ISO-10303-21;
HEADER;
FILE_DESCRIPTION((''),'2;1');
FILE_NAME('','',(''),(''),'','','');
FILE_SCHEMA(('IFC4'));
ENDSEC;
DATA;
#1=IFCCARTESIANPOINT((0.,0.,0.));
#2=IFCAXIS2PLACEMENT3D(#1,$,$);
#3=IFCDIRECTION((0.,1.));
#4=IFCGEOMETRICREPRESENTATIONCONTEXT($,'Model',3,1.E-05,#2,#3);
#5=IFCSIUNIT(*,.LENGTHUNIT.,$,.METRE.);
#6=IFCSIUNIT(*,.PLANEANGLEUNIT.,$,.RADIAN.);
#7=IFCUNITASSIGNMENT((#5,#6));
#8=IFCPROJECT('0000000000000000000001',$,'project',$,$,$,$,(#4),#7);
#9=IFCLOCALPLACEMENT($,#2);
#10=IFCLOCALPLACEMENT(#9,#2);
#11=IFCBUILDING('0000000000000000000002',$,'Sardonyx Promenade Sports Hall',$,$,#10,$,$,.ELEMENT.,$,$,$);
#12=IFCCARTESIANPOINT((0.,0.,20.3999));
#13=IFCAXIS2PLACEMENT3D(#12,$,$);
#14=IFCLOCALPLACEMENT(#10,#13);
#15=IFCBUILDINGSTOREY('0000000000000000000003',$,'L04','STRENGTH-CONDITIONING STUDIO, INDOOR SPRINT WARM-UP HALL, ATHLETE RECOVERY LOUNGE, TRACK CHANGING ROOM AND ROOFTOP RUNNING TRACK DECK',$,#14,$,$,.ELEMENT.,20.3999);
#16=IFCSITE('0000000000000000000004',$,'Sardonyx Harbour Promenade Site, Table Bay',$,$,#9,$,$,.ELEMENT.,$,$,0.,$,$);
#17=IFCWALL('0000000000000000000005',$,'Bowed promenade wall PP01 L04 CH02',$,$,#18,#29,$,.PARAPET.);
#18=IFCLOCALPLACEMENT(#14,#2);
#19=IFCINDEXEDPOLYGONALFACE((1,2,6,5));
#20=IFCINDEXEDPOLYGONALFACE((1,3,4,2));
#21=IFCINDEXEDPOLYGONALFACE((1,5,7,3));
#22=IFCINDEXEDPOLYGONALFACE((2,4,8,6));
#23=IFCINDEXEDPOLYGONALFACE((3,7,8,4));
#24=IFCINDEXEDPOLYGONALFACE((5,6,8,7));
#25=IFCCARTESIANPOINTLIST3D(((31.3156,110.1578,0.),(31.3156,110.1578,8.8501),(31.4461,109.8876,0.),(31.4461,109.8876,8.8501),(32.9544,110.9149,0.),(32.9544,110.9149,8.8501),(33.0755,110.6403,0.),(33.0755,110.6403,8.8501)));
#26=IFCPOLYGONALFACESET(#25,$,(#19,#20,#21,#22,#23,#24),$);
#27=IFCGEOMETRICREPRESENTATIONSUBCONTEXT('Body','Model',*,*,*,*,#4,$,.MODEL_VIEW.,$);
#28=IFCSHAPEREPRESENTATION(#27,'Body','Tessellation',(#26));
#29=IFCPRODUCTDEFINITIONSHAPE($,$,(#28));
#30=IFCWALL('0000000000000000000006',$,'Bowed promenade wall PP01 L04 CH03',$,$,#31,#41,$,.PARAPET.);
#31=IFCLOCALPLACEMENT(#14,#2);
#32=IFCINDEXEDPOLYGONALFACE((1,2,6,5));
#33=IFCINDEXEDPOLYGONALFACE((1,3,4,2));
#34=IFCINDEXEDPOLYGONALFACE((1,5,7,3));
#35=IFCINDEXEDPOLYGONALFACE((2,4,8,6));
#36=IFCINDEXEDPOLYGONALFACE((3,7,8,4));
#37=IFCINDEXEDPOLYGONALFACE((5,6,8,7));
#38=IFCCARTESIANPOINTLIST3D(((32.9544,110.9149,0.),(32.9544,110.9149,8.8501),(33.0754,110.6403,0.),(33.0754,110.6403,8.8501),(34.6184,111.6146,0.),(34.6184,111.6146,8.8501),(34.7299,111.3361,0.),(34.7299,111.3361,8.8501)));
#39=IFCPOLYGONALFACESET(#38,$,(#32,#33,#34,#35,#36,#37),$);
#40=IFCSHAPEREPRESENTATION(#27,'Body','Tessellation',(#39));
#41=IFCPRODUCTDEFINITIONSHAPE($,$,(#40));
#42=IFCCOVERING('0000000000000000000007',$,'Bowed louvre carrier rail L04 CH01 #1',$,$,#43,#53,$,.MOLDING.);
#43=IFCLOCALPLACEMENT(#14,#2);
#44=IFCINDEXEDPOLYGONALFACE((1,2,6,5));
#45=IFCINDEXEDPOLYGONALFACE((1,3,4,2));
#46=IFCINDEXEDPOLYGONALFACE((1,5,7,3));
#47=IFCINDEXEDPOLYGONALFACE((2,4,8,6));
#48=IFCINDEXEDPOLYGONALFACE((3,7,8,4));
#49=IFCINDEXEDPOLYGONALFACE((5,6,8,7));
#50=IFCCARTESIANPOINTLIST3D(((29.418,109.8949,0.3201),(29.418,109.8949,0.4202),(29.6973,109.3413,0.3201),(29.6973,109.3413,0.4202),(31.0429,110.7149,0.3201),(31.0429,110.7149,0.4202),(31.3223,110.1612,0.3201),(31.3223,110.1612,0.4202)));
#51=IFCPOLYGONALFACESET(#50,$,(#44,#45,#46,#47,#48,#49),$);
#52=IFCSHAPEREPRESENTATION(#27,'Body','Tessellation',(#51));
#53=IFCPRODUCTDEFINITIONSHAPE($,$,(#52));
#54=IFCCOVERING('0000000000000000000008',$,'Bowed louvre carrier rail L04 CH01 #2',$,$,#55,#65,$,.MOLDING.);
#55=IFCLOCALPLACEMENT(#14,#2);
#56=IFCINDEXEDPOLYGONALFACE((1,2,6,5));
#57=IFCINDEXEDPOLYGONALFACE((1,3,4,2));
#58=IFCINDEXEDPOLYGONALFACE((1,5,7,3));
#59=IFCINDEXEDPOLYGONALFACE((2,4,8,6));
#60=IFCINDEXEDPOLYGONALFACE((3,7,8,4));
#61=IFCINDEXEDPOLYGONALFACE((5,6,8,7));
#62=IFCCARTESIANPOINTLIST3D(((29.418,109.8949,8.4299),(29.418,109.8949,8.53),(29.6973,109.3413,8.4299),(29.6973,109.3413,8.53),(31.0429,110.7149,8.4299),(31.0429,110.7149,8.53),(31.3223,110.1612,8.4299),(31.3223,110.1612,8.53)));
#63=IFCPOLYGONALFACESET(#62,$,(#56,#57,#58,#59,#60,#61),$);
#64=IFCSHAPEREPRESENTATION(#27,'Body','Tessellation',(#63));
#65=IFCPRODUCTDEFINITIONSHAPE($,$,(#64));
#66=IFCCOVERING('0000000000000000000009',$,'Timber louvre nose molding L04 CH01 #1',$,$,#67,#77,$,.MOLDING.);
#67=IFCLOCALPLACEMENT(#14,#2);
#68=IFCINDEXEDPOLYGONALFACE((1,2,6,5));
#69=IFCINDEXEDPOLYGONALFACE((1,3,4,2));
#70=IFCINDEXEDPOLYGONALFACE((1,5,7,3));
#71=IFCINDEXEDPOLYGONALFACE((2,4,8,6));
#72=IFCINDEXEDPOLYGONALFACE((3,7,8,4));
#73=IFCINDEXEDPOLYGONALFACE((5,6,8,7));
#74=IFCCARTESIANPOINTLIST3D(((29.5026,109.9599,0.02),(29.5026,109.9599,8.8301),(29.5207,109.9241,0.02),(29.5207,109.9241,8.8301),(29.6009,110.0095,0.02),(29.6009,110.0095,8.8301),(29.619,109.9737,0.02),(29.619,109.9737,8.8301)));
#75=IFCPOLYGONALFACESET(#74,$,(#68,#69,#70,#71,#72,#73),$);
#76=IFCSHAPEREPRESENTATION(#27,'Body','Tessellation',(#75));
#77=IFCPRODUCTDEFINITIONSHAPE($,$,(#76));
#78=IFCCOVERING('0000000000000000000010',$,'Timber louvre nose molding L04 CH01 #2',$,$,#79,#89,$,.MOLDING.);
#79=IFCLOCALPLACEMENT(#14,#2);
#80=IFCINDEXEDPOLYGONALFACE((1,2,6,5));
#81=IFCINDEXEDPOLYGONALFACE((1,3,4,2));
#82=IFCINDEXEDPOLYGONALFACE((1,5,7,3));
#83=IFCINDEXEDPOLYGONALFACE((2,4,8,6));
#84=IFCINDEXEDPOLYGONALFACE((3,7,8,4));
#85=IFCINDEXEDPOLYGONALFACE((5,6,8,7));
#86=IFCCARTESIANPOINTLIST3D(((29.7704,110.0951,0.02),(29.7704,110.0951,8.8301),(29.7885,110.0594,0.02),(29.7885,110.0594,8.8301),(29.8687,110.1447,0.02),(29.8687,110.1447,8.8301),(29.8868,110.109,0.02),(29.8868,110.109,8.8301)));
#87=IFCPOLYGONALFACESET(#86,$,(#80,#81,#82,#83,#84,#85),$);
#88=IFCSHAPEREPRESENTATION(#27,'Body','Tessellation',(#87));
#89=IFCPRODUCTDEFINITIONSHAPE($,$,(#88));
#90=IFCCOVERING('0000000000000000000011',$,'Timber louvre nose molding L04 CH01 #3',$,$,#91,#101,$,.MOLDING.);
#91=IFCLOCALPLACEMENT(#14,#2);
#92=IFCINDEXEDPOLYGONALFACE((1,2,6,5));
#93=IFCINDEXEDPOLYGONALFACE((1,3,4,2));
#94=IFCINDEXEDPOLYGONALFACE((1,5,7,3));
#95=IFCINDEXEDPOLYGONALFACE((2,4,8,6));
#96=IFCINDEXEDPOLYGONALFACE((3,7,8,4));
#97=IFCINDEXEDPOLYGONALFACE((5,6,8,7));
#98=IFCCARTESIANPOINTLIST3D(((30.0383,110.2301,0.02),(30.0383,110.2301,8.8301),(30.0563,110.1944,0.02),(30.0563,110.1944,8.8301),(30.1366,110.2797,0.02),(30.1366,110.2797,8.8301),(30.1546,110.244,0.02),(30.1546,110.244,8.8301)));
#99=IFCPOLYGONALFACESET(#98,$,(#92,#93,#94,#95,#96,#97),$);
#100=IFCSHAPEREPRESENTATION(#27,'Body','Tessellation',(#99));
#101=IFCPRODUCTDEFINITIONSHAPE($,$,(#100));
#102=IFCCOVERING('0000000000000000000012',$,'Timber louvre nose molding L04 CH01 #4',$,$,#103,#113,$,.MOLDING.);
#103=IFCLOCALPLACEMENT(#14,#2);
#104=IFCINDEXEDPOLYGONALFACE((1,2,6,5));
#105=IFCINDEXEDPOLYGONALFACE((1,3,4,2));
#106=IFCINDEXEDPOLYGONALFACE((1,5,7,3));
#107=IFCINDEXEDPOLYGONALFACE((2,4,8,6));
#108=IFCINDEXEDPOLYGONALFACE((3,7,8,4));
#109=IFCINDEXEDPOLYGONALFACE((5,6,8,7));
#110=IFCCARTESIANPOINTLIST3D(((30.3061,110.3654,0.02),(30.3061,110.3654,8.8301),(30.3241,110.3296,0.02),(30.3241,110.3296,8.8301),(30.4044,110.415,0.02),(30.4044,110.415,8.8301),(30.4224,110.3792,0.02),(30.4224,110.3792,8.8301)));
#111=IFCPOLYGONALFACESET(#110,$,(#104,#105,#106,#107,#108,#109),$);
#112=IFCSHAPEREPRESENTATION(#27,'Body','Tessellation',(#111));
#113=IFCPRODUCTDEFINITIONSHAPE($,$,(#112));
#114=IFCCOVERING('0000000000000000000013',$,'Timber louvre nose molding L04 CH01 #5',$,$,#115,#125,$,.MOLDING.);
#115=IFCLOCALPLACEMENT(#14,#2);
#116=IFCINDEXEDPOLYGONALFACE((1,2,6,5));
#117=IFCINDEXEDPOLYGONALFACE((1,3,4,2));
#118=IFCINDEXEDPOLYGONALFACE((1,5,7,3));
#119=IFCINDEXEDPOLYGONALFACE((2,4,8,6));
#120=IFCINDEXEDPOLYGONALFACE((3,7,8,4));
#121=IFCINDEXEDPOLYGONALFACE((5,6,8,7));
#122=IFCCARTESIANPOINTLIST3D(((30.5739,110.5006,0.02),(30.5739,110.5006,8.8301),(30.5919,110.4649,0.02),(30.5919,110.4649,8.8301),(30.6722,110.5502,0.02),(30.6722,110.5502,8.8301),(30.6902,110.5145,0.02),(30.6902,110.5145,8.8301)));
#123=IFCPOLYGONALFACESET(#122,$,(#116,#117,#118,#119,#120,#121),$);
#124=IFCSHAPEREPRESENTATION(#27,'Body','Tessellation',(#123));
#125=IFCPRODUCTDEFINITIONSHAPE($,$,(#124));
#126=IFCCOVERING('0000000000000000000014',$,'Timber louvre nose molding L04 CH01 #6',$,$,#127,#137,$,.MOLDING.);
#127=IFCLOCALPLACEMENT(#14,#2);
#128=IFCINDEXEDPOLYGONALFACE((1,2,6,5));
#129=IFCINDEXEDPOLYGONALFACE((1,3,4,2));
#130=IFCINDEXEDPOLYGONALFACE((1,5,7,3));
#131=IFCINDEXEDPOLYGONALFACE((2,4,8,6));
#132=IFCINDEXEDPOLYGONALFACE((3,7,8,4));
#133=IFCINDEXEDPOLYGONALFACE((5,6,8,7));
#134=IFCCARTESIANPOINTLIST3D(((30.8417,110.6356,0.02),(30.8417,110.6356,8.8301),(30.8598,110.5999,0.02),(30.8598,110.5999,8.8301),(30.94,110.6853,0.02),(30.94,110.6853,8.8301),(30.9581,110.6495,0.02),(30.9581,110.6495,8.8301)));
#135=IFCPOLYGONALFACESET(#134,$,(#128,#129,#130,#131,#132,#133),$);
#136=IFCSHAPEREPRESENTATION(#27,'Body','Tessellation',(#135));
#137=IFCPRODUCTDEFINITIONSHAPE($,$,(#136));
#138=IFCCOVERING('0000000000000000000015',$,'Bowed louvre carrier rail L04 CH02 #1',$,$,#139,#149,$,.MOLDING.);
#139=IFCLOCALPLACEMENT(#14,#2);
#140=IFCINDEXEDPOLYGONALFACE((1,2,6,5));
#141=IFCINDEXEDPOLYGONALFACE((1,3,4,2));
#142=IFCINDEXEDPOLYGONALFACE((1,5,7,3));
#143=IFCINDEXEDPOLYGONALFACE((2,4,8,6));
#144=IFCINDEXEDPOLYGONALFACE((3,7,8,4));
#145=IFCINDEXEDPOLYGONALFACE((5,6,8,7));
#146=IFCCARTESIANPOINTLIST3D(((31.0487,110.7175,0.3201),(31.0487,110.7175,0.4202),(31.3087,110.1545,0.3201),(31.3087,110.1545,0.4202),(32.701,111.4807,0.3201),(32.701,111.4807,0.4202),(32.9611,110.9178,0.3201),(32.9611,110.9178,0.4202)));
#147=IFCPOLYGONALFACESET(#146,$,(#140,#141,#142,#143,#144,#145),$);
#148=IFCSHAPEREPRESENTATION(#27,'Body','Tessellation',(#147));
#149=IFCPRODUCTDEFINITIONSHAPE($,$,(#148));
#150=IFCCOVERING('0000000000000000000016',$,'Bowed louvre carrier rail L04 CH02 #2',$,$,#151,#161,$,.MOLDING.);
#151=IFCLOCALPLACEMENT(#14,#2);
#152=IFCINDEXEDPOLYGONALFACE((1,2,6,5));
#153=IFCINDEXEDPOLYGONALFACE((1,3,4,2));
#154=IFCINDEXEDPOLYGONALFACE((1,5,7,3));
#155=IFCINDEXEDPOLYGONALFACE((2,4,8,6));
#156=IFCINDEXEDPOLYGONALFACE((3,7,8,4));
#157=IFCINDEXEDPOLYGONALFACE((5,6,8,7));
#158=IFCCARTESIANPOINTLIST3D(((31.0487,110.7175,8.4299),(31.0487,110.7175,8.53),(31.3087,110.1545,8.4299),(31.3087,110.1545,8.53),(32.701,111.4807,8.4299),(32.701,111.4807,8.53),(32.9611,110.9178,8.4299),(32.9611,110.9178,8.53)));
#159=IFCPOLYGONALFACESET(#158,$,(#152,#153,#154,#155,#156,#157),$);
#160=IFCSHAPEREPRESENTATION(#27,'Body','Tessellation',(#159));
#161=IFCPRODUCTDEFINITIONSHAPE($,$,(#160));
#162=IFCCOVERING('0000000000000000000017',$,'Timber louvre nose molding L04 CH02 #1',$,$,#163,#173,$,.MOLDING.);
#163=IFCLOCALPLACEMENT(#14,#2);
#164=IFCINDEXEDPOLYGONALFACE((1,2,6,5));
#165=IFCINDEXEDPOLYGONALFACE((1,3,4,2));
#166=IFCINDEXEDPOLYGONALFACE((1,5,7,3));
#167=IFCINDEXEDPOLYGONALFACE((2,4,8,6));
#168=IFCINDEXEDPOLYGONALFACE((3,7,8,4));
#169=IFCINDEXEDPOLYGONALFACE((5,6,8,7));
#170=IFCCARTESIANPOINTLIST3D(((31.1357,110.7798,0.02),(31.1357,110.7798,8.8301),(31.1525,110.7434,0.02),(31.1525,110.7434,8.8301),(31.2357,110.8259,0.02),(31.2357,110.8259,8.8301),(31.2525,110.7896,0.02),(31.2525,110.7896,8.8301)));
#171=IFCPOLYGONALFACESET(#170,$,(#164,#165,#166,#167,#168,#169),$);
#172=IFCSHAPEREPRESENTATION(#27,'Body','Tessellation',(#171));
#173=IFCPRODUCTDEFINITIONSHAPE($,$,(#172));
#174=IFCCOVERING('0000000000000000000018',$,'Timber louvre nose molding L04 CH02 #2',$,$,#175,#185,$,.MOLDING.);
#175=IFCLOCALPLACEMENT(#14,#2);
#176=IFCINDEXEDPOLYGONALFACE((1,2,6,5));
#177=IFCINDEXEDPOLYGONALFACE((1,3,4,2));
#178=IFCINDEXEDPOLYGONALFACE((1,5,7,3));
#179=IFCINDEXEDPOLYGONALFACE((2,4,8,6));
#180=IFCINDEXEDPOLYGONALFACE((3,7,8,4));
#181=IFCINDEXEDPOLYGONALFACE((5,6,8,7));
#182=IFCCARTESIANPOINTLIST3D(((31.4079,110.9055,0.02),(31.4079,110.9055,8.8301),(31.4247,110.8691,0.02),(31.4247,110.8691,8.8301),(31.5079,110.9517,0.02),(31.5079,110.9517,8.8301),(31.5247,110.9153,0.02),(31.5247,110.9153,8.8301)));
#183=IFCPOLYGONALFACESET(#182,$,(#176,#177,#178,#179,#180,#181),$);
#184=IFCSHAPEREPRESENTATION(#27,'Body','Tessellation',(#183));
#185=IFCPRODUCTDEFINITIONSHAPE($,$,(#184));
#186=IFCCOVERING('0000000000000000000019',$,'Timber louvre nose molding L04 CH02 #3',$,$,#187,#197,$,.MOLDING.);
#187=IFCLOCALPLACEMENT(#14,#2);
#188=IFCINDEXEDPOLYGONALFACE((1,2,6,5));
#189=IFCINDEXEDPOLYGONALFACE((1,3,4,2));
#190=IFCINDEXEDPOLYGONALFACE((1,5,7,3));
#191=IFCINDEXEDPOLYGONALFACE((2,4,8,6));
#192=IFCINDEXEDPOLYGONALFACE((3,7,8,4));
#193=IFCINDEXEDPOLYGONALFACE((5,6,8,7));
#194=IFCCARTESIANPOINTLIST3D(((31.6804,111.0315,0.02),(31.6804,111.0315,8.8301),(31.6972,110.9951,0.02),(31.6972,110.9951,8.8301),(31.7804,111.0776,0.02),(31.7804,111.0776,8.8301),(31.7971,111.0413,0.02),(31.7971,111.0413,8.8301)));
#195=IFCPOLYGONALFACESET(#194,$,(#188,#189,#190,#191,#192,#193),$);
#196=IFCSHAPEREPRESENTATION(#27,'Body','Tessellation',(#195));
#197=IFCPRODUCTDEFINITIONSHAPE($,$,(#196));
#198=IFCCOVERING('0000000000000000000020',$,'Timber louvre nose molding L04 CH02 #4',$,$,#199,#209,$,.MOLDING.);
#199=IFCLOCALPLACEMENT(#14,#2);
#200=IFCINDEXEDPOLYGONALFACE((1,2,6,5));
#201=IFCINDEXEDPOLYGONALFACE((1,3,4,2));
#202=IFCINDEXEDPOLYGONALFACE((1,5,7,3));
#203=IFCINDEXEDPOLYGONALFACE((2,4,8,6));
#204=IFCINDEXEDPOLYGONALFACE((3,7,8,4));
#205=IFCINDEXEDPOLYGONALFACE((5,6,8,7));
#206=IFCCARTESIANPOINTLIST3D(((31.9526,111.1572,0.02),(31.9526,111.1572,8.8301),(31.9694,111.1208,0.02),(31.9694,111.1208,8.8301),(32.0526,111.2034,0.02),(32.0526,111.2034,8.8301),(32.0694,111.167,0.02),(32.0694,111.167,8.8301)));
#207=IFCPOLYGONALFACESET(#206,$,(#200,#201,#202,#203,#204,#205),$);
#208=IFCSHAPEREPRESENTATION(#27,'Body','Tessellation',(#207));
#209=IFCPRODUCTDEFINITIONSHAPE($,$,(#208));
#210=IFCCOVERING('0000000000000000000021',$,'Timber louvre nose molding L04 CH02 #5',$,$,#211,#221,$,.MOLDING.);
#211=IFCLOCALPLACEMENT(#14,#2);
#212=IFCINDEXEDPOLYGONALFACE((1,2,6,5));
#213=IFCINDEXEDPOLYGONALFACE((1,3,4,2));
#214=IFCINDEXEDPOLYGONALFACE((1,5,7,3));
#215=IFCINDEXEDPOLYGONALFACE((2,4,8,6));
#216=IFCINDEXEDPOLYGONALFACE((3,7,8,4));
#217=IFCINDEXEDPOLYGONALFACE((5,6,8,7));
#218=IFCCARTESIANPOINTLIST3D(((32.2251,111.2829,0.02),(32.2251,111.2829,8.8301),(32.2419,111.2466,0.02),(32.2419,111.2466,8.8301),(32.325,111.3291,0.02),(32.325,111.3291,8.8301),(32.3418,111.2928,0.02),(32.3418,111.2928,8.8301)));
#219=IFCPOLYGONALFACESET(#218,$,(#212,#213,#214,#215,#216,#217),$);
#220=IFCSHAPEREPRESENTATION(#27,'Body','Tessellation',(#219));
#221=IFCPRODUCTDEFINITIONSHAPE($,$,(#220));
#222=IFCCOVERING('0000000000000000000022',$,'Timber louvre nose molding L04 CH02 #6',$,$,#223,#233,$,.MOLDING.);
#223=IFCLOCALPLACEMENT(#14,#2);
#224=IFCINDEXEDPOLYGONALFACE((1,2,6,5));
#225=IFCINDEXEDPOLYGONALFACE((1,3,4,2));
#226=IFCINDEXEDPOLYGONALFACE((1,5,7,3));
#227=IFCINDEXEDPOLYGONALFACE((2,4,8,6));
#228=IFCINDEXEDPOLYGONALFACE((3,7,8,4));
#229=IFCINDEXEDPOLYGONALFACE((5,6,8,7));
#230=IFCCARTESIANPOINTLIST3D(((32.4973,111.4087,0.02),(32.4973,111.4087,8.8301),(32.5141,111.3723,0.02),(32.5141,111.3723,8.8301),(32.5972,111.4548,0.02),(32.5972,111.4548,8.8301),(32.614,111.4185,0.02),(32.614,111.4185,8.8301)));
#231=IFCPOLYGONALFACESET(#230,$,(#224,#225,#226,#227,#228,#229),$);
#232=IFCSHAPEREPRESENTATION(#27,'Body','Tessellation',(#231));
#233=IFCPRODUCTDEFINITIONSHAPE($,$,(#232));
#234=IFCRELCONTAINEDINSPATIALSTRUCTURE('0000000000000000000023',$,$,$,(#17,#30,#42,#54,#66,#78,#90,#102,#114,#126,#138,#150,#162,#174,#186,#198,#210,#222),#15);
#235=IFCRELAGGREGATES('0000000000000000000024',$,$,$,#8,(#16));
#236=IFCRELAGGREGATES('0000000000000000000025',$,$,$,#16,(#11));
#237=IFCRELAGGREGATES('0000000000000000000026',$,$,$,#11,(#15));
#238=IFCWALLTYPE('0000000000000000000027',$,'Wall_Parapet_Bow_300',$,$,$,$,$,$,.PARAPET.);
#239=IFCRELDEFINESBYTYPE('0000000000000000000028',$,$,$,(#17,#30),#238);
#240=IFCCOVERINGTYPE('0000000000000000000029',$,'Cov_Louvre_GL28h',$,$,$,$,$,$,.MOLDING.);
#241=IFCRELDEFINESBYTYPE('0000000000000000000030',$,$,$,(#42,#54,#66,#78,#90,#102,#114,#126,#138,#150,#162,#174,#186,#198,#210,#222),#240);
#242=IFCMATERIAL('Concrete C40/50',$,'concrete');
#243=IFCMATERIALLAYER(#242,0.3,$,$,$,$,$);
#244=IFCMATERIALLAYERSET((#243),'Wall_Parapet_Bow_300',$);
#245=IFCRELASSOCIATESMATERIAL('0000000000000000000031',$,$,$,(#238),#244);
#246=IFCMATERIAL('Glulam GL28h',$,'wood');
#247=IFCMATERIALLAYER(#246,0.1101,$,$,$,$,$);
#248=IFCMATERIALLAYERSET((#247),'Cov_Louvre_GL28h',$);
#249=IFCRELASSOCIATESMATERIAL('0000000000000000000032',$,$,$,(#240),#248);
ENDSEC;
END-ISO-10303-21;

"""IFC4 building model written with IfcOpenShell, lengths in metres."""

from ifc_helpers import new_model, si_unit, direction, frame, origin, origin_2d, place, context, subcontext, project, spatial, polyline, rectangle, outline, extrude, material, layer, layer_set, type_object, element, save


model = new_model("IFC4")

# Units and contexts
model_context = context("Model", 3, precision=1e-05, world=origin(), true_north=direction((0.0, 1.0)))
body_context = subcontext(model_context, "Body", "Model", "MODEL_VIEW")
ifc_project = project(units=[si_unit("LENGTHUNIT", "METRE"), si_unit("PLANEANGLEUNIT", "RADIAN")], contexts=[model_context])

# Site, building, storey
site_placement = place(None, origin())
site = spatial("IfcSite", under=ifc_project, at=site_placement, Name="Sardonyx Harbour Promenade Site, Table Bay", CompositionType="ELEMENT", RefElevation=0.0)
building_placement = place(site_placement, origin())
building = spatial("IfcBuilding", under=site, at=building_placement, Name="Sardonyx Promenade Sports Hall", CompositionType="ELEMENT")
storey_placement = place(building_placement, frame((0.0, 0.0, 20.3999)))
storey = spatial("IfcBuildingStorey", under=building, at=storey_placement, Name="L04", Description="STRENGTH-CONDITIONING STUDIO, INDOOR SPRINT WARM-UP HALL, ATHLETE RECOVERY LOUNGE, TRACK CHANGING ROOM AND ROOFTOP RUNNING TRACK DECK", CompositionType="ELEMENT", Elevation=20.3999)

# Walls
ifc_material_1 = material(Name="Concrete C40/50", Category="concrete")
ifc_layer_1 = layer(ifc_material_1, 0.3)
ifc_layer_set_1 = layer_set([ifc_layer_1], Name="Wall_Parapet_Bow_300")
wall_type = type_object("IfcWallType", Name="Wall_Parapet_Bow_300", PredefinedType="PARAPET", material=ifc_layer_set_1)
for number, where, z_axis, x_axis, name in (
    (1, (31.3809, 110.0227, 0.0), (0.0, 0.0, 1.0), (0.907808, 0.419385, 0.0), "Bowed promenade wall PP01 L04 CH02"),
    (2, (33.0149, 110.7776, 0.0), (0.0, 0.0, 1.0), (0.921804, 0.387657, 0.0), "Bowed promenade wall PP01 L04 CH03"),
):
    element("IfcWall", number, at=place(storey_placement, frame(where, z_axis=z_axis, x_axis=x_axis)), inside=storey, type_object=wall_type, Name=name, PredefinedType="PARAPET", context=body_context, shape_type="SweptSolid", body=[
        extrude(outline(polyline([(0.0026, -0.15), (1.7974, -0.15), (1.8026, 0.15), (-0.0026, 0.15), (0.0026, -0.15)])), origin(), (0.0, 0.0, 1.0), 8.8501),
    ])

# Coverings
ifc_material_2 = material(Name="Glulam GL28h", Category="wood")
ifc_layer_2 = layer(ifc_material_2, 0.1101)
ifc_layer_set_2 = layer_set([ifc_layer_2], Name="Cov_Louvre_GL28h")
covering_type = type_object("IfcCoveringType", Name="Cov_Louvre_GL28h", PredefinedType="MOLDING", material=ifc_layer_set_2)
for number, where, z_axis, x_axis, name in (
    (3, (30.3701, 110.0281, 0.3201), (0.0, 0.0, 1.0), (0.892774, 0.450505, 0.0), "Bowed louvre carrier rail L04 CH01 #1"),
    (4, (30.3701, 110.0281, 8.4299), (0.0, 0.0, 1.0), (0.892774, 0.450505, 0.0), "Bowed louvre carrier rail L04 CH01 #2"),
):
    element("IfcCovering", number, at=place(storey_placement, frame(where, z_axis=z_axis, x_axis=x_axis)), inside=storey, type_object=covering_type, Name=name, PredefinedType="MOLDING", context=body_context, shape_type="SweptSolid", body=[
        extrude(rectangle(XDim=1.8201, YDim=0.6201, at=origin_2d()), origin(), (0.0, 0.0, 1.0), 0.1001),
    ])
for number, where, z_axis, x_axis, name in (
    (5, (29.5608, 109.9668, 0.02), (0.0, 0.0, 1.0), (0.892774, 0.450505, 0.0), "Timber louvre nose molding L04 CH01 #1"),
    (6, (29.8286, 110.1021, 0.02), (0.0, 0.0, 1.0), (0.892774, 0.450505, 0.0), "Timber louvre nose molding L04 CH01 #2"),
    (7, (30.0964, 110.2371, 0.02), (0.0, 0.0, 1.0), (0.892774, 0.450505, 0.0), "Timber louvre nose molding L04 CH01 #3"),
    (8, (30.3643, 110.3723, 0.02), (0.0, 0.0, 1.0), (0.892774, 0.450505, 0.0), "Timber louvre nose molding L04 CH01 #4"),
    (9, (30.6321, 110.5076, 0.02), (0.0, 0.0, 1.0), (0.892774, 0.450505, 0.0), "Timber louvre nose molding L04 CH01 #5"),
    (10, (30.8999, 110.6426, 0.02), (0.0, 0.0, 1.0), (0.892774, 0.450505, 0.0), "Timber louvre nose molding L04 CH01 #6"),
):
    element("IfcCovering", number, at=place(storey_placement, frame(where, z_axis=z_axis, x_axis=x_axis)), inside=storey, type_object=covering_type, Name=name, PredefinedType="MOLDING", context=body_context, shape_type="SweptSolid", body=[
        extrude(rectangle(XDim=0.1101, YDim=0.04, at=origin_2d()), origin(), (0.0, 0.0, 1.0), 8.8101),
    ])
for number, where, z_axis, x_axis, name in (
    (11, (32.0049, 110.8176, 0.3201), (0.0, 0.0, 1.0), (0.907831, 0.419336, 0.0), "Bowed louvre carrier rail L04 CH02 #1"),
    (12, (32.0049, 110.8176, 8.4299), (0.0, 0.0, 1.0), (0.907831, 0.419336, 0.0), "Bowed louvre carrier rail L04 CH02 #2"),
):
    element("IfcCovering", number, at=place(storey_placement, frame(where, z_axis=z_axis, x_axis=x_axis)), inside=storey, type_object=covering_type, Name=name, PredefinedType="MOLDING", context=body_context, shape_type="SweptSolid", body=[
        extrude(rectangle(XDim=1.8201, YDim=0.6201, at=origin_2d()), origin(), (0.0, 0.0, 1.0), 0.1001),
    ])
for number, where, z_axis, x_axis, name in (
    (13, (31.1941, 110.7847, 0.02), (0.0, 0.0, 1.0), (0.907831, 0.419336, 0.0), "Timber louvre nose molding L04 CH02 #1"),
    (14, (31.4663, 110.9104, 0.02), (0.0, 0.0, 1.0), (0.907831, 0.419336, 0.0), "Timber louvre nose molding L04 CH02 #2"),
    (15, (31.7388, 111.0364, 0.02), (0.0, 0.0, 1.0), (0.907831, 0.419336, 0.0), "Timber louvre nose molding L04 CH02 #3"),
    (16, (32.011, 111.1621, 0.02), (0.0, 0.0, 1.0), (0.907831, 0.419336, 0.0), "Timber louvre nose molding L04 CH02 #4"),
    (17, (32.2834, 111.2878, 0.02), (0.0, 0.0, 1.0), (0.907831, 0.419336, 0.0), "Timber louvre nose molding L04 CH02 #5"),
    (18, (32.5557, 111.4136, 0.02), (0.0, 0.0, 1.0), (0.907831, 0.419336, 0.0), "Timber louvre nose molding L04 CH02 #6"),
):
    element("IfcCovering", number, at=place(storey_placement, frame(where, z_axis=z_axis, x_axis=x_axis)), inside=storey, type_object=covering_type, Name=name, PredefinedType="MOLDING", context=body_context, shape_type="SweptSolid", body=[
        extrude(rectangle(XDim=0.1101, YDim=0.04, at=origin_2d()), origin(), (0.0, 0.0, 1.0), 8.8101),
    ])

save(model, "model.ifc")
